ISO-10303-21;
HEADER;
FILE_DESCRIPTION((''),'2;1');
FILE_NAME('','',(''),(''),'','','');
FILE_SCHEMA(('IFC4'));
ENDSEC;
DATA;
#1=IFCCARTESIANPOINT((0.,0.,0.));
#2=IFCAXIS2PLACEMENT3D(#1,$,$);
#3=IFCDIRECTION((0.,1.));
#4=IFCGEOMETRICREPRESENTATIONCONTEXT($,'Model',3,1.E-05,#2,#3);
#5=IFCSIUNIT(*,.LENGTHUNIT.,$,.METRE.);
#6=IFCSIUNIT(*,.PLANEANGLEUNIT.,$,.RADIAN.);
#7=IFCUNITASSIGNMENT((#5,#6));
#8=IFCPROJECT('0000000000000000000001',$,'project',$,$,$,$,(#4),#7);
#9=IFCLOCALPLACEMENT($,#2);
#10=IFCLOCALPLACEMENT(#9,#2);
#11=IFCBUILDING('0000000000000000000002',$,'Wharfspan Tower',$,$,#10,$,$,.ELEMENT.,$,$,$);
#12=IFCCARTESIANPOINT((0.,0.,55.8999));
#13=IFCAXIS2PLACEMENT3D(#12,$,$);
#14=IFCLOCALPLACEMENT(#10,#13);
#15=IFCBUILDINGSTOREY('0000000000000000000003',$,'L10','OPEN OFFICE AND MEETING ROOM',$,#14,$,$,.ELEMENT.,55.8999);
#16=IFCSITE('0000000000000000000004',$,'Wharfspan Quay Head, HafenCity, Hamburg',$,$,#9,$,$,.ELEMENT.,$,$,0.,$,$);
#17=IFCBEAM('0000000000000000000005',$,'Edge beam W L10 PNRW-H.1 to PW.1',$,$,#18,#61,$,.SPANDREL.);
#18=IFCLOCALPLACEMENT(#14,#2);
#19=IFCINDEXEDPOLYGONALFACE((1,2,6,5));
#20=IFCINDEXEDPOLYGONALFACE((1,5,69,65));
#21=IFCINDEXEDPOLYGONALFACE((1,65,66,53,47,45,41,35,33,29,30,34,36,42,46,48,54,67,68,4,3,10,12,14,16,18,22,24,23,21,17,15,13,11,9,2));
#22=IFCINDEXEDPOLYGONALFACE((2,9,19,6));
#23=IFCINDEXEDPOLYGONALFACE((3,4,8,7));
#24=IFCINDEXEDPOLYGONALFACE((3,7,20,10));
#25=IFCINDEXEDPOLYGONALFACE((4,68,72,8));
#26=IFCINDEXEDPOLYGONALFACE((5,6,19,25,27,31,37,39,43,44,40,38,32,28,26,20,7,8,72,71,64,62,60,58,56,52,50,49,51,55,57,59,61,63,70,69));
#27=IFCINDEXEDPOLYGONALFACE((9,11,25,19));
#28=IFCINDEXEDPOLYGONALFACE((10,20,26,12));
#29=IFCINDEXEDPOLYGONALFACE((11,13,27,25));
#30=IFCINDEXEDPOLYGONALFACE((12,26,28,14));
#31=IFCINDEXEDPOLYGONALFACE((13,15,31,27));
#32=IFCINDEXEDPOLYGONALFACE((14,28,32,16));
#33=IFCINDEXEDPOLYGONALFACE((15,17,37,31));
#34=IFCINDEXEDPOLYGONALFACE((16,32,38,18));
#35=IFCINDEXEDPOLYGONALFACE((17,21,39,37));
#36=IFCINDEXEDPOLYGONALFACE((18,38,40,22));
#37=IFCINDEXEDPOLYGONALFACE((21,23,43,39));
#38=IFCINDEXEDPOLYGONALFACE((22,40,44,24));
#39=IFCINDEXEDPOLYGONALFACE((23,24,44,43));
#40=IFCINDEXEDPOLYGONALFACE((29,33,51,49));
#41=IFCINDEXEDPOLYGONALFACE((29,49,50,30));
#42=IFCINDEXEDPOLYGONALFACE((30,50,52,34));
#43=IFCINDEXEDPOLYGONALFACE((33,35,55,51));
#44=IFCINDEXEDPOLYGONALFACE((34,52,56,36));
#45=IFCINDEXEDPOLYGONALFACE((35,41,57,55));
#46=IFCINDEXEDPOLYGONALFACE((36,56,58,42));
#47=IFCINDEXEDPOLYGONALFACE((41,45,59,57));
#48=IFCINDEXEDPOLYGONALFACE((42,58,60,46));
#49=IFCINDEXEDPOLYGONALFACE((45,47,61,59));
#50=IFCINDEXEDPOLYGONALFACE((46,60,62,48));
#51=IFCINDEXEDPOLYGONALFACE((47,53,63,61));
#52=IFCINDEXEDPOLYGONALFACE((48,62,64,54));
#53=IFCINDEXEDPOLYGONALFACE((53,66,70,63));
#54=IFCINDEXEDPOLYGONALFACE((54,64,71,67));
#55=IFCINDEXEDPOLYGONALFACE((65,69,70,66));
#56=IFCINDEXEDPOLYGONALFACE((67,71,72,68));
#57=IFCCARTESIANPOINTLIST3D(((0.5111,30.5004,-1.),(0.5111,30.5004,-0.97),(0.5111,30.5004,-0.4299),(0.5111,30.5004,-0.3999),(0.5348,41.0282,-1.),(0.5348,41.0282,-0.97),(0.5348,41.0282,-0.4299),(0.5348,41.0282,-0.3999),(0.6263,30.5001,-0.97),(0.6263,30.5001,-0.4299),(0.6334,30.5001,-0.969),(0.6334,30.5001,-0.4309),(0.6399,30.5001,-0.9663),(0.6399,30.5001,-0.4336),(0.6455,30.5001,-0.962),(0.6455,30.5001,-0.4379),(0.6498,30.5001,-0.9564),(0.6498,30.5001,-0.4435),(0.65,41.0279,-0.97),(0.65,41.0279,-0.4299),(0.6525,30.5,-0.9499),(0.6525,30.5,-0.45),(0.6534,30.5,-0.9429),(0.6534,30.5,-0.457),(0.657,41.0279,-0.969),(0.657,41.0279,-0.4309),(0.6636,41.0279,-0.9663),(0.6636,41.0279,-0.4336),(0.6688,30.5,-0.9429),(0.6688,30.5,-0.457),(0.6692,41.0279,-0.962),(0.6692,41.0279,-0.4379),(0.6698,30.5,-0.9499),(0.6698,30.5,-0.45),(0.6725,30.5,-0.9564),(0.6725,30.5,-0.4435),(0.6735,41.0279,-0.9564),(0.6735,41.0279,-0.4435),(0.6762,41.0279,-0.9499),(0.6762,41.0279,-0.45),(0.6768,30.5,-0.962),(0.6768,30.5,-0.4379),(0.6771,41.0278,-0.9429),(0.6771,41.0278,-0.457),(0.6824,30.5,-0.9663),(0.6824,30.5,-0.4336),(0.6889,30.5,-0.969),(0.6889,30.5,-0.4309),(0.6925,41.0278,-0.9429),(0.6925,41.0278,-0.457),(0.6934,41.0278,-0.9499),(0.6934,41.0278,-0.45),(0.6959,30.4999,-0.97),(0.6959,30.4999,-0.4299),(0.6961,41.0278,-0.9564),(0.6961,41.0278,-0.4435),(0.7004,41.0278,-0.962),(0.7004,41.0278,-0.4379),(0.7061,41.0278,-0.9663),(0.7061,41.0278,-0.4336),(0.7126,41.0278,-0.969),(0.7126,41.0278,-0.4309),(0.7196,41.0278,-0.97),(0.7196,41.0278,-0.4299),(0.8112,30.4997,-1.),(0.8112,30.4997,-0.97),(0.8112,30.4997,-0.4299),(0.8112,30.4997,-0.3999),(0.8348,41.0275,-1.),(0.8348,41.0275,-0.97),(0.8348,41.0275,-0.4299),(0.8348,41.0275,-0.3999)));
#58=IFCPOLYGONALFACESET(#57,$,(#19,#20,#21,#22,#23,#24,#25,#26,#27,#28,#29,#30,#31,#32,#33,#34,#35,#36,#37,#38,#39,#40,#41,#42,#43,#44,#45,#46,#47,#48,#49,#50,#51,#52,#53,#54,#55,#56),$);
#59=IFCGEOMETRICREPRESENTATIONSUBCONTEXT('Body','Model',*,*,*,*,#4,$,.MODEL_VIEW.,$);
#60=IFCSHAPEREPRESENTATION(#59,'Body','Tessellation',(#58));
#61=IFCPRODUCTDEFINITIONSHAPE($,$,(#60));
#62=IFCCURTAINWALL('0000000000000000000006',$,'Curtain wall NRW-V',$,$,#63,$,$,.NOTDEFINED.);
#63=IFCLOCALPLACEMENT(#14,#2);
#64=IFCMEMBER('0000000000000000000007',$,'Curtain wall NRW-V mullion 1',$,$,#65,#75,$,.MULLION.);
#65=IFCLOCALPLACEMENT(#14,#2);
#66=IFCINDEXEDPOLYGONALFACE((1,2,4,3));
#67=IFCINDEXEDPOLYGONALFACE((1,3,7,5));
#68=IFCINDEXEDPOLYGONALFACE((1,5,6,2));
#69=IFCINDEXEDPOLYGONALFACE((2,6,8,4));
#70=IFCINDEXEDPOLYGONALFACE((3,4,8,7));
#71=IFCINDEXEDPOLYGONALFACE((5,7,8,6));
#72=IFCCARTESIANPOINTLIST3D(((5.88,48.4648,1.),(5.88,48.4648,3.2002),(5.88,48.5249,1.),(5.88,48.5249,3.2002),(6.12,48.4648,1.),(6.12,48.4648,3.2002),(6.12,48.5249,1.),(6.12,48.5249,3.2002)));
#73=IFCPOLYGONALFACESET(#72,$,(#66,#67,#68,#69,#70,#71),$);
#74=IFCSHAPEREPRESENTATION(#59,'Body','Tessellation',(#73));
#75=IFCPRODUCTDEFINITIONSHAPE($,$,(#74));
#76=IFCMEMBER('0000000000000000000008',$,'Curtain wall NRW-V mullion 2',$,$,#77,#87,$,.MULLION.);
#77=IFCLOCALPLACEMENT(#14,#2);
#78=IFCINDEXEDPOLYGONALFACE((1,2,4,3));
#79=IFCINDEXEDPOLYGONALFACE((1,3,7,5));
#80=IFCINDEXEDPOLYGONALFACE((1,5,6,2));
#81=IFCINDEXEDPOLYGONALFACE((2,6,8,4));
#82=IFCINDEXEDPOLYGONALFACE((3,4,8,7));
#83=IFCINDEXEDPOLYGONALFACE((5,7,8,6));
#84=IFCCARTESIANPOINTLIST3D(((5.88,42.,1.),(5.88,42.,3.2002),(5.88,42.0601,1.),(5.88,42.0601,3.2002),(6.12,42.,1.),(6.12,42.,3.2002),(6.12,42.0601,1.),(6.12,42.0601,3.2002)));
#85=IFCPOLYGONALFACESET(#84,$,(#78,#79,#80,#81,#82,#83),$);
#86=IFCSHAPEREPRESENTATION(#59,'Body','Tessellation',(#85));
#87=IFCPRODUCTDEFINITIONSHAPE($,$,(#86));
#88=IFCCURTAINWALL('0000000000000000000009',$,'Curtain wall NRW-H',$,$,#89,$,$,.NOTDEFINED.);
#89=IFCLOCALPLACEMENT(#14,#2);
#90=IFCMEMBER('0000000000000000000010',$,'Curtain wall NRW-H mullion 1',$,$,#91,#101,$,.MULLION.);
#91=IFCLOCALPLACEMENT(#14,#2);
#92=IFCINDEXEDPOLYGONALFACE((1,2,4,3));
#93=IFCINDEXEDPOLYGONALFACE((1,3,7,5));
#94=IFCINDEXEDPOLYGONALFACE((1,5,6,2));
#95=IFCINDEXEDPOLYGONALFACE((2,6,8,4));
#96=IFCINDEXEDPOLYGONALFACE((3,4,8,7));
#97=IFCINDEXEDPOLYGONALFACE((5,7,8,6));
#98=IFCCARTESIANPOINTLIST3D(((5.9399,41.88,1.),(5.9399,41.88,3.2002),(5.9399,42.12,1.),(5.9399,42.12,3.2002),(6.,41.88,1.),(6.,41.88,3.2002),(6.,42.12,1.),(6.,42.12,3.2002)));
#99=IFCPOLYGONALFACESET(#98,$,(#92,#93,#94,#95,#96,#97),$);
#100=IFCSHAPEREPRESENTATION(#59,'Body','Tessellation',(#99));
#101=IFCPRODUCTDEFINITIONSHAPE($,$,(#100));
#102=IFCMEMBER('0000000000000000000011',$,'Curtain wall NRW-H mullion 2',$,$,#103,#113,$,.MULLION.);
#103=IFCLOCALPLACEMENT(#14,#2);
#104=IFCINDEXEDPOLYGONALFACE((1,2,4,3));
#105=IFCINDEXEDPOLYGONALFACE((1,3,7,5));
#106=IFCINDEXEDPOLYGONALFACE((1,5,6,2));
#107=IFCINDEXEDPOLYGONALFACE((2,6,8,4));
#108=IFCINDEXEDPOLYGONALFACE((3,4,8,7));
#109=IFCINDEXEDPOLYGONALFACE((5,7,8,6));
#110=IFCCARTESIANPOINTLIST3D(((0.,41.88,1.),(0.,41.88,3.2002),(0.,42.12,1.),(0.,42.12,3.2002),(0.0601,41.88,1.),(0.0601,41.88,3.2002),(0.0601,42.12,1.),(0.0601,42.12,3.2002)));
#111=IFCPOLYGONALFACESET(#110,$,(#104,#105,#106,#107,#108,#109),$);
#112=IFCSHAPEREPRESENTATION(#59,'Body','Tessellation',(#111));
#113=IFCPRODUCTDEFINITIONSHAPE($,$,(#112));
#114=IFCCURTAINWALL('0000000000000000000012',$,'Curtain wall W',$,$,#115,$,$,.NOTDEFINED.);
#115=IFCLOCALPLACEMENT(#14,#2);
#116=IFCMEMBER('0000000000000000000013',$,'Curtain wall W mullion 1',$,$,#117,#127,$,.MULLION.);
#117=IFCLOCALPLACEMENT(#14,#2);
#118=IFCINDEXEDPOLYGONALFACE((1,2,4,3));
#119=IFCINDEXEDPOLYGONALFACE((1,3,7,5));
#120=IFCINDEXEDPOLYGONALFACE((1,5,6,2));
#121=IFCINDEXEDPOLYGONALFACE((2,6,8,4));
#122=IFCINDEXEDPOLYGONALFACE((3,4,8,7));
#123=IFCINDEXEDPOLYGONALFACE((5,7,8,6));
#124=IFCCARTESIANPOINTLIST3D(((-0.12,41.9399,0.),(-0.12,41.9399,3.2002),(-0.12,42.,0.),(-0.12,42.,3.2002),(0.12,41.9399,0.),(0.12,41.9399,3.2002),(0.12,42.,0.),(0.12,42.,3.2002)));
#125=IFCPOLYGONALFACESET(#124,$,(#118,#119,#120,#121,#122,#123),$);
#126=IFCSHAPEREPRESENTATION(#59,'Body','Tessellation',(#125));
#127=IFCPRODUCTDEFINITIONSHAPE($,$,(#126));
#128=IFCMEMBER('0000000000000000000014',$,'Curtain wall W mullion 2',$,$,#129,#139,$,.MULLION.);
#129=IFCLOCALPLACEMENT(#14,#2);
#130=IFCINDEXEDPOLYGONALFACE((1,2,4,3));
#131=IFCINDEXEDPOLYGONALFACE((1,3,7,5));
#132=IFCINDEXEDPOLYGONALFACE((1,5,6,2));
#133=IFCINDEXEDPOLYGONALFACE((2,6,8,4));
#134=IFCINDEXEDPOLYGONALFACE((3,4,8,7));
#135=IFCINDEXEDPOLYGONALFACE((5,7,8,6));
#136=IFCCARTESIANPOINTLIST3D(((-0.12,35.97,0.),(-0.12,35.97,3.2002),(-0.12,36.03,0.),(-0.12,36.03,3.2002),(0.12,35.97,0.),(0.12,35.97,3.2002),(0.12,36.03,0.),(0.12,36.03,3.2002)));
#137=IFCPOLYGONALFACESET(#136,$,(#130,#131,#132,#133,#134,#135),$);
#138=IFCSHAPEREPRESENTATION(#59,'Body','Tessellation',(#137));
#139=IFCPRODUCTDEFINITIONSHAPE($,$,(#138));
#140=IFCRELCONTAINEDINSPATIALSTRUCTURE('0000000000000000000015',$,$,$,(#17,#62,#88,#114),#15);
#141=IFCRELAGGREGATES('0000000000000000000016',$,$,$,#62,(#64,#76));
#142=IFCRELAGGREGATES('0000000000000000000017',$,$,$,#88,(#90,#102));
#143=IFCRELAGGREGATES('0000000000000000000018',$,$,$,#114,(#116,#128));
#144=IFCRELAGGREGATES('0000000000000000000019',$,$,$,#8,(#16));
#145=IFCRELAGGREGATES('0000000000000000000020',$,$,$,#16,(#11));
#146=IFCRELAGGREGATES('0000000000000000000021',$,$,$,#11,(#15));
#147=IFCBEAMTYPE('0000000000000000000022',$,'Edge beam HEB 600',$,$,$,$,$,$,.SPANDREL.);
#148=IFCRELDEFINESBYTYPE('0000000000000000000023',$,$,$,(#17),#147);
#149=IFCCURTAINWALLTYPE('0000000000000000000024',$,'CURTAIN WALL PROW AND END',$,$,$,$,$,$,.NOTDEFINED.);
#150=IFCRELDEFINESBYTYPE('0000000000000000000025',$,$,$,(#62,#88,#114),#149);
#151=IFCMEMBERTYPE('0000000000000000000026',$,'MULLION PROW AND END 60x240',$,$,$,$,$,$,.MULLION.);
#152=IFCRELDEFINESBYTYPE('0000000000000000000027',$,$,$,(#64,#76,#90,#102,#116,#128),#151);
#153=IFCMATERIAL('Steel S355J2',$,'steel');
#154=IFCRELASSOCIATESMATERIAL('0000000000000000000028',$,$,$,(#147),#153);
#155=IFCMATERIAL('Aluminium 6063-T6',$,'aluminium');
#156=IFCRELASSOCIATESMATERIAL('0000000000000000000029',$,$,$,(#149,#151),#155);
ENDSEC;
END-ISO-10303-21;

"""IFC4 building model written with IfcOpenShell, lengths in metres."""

from ifc_helpers import new_model, si_unit, direction, frame, origin, origin_2d, place, context, subcontext, project, spatial, rectangle, i_section, extrude, material, material_profile, profile_set, type_object, element, aggregate, save


model = new_model("IFC4")

# Units and contexts
model_context = context("Model", 3, precision=1e-05, world=origin(), true_north=direction((0.0, 1.0)))
body_context = subcontext(model_context, "Body", "Model", "MODEL_VIEW")
ifc_project = project(units=[si_unit("LENGTHUNIT", "METRE"), si_unit("PLANEANGLEUNIT", "RADIAN")], contexts=[model_context])

# Site, building, storey
site_placement = place(None, origin())
site = spatial("IfcSite", under=ifc_project, at=site_placement, Name="Wharfspan Quay Head, HafenCity, Hamburg", CompositionType="ELEMENT", RefElevation=0.0)
building_placement = place(site_placement, origin())
building = spatial("IfcBuilding", under=site, at=building_placement, Name="Wharfspan Tower", CompositionType="ELEMENT")
storey_placement = place(building_placement, frame((0.0, 0.0, 55.8999)))
storey = spatial("IfcBuildingStorey", under=building, at=storey_placement, Name="L10", Description="OPEN OFFICE AND MEETING ROOM", CompositionType="ELEMENT", Elevation=55.8999)

# Shared definitions
ifc_material_1 = material(Name="Steel S355J2", Category="steel")

# Beam
ifc_material_profile_1 = material_profile(ifc_material_1, i_section(OverallWidth=0.3, OverallDepth=0.6001, WebThickness=0.0154, FlangeThickness=0.03, FilletRadius=0.0271, at=origin_2d()))
ifc_profile_set_1 = profile_set([ifc_material_profile_1], Name="Steel S355J2")
beam_type = type_object("IfcBeamType", Name="Edge beam HEB 600", PredefinedType="SPANDREL", material=ifc_profile_set_1)
beam_placement = place(storey_placement, frame((0.6848, 41.0278, -0.7), z_axis=(-0.002249, -0.999997, 0.0), x_axis=(0.999997, -0.002249, 0.0)))
element("IfcBeam", 1, at=beam_placement, inside=storey, type_object=beam_type, Name="Edge beam W L10 PNRW-H.1 to PW.1", PredefinedType="SPANDREL", context=body_context, shape_type="SweptSolid", body=[
    extrude(i_section(OverallWidth=0.3, OverallDepth=0.6001, WebThickness=0.0154, FlangeThickness=0.03, FilletRadius=0.0271, at=origin_2d()), origin(), (0.0, 0.0, 1.0), 10.5278),
])

# Curtain walls, members
ifc_material_2 = material(Name="Aluminium 6063-T6", Category="aluminium")
curtain_wall_type = type_object("IfcCurtainWallType", Name="CURTAIN WALL PROW AND END", PredefinedType="NOTDEFINED", material=ifc_material_2)
curtain_wall_1_placement = place(storey_placement, origin())
curtain_wall_1 = element("IfcCurtainWall", 2, at=curtain_wall_1_placement, inside=storey, type_object=curtain_wall_type, Name="Curtain wall NRW-V", PredefinedType="NOTDEFINED")
ifc_material_profile_2 = material_profile(ifc_material_2, rectangle(XDim=0.24, YDim=0.0601, at=origin_2d()))
ifc_profile_set_2 = profile_set([ifc_material_profile_2], Name="Aluminium 6063-T6")
member_type_1 = type_object("IfcMemberType", Name="MULLION PROW AND END 60x240", PredefinedType="MULLION", material=ifc_profile_set_2)
member_1_placement = place(storey_placement, frame((6.0, 48.4949, 1.0), z_axis=(0.0, 0.0, 1.0), x_axis=(1.0, 0.0, 0.0)))
member_1 = element("IfcMember", 3, at=member_1_placement, type_object=member_type_1, Name="Curtain wall NRW-V mullion 1", PredefinedType="MULLION", context=body_context, shape_type="SweptSolid", body=[
    extrude(rectangle(XDim=0.24, YDim=0.0601, at=origin_2d()), origin(), (0.0, 0.0, 1.0), 2.2002),
])
member_2_placement = place(storey_placement, frame((6.0, 42.03, 1.0), z_axis=(0.0, 0.0, 1.0), x_axis=(1.0, 0.0, 0.0)))
member_2 = element("IfcMember", 4, at=member_2_placement, type_object=member_type_1, Name="Curtain wall NRW-V mullion 2", PredefinedType="MULLION", context=body_context, shape_type="SweptSolid", body=[
    extrude(rectangle(XDim=0.24, YDim=0.0601, at=origin_2d()), origin(), (0.0, 0.0, 1.0), 2.2002),
])
curtain_wall_2_placement = place(storey_placement, origin())
curtain_wall_2 = element("IfcCurtainWall", 5, at=curtain_wall_2_placement, inside=storey, type_object=curtain_wall_type, Name="Curtain wall NRW-H", PredefinedType="NOTDEFINED")
member_3_placement = place(storey_placement, frame((5.97, 42.0, 1.0), z_axis=(0.0, 0.0, 1.0), x_axis=(0.0, -1.0, 0.0)))
member_3 = element("IfcMember", 6, at=member_3_placement, type_object=member_type_1, Name="Curtain wall NRW-H mullion 1", PredefinedType="MULLION", context=body_context, shape_type="SweptSolid", body=[
    extrude(rectangle(XDim=0.24, YDim=0.0601, at=origin_2d()), origin(), (0.0, 0.0, 1.0), 2.2002),
])
member_4_placement = place(storey_placement, frame((0.03, 42.0, 1.0), z_axis=(0.0, 0.0, 1.0), x_axis=(0.0, -1.0, 0.0)))
member_4 = element("IfcMember", 7, at=member_4_placement, type_object=member_type_1, Name="Curtain wall NRW-H mullion 2", PredefinedType="MULLION", context=body_context, shape_type="SweptSolid", body=[
    extrude(rectangle(XDim=0.24, YDim=0.0601, at=origin_2d()), origin(), (0.0, 0.0, 1.0), 2.2002),
])
curtain_wall_3_placement = place(storey_placement, origin())
curtain_wall_3 = element("IfcCurtainWall", 8, at=curtain_wall_3_placement, inside=storey, type_object=curtain_wall_type, Name="Curtain wall W", PredefinedType="NOTDEFINED")
member_5_placement = place(storey_placement, frame((0.0, 41.97, 0.0), z_axis=(0.0, 0.0, 1.0), x_axis=(1.0, 0.0, 0.0)))
member_5 = element("IfcMember", 9, at=member_5_placement, type_object=member_type_1, Name="Curtain wall W mullion 1", PredefinedType="MULLION", context=body_context, shape_type="SweptSolid", body=[
    extrude(rectangle(XDim=0.24, YDim=0.0601, at=origin_2d()), origin(), (0.0, 0.0, 1.0), 3.2002),
])
member_6_placement = place(storey_placement, frame((0.0, 36.0, 0.0), z_axis=(0.0, 0.0, 1.0), x_axis=(1.0, 0.0, 0.0)))
member_6 = element("IfcMember", 10, at=member_6_placement, type_object=member_type_1, Name="Curtain wall W mullion 2", PredefinedType="MULLION", context=body_context, shape_type="SweptSolid", body=[
    extrude(rectangle(XDim=0.24, YDim=0.0601, at=origin_2d()), origin(), (0.0, 0.0, 1.0), 3.2002),
])

aggregate(curtain_wall_1, [member_1, member_2])
aggregate(curtain_wall_2, [member_3, member_4])
aggregate(curtain_wall_3, [member_5, member_6])

save(model, "model.ifc")
